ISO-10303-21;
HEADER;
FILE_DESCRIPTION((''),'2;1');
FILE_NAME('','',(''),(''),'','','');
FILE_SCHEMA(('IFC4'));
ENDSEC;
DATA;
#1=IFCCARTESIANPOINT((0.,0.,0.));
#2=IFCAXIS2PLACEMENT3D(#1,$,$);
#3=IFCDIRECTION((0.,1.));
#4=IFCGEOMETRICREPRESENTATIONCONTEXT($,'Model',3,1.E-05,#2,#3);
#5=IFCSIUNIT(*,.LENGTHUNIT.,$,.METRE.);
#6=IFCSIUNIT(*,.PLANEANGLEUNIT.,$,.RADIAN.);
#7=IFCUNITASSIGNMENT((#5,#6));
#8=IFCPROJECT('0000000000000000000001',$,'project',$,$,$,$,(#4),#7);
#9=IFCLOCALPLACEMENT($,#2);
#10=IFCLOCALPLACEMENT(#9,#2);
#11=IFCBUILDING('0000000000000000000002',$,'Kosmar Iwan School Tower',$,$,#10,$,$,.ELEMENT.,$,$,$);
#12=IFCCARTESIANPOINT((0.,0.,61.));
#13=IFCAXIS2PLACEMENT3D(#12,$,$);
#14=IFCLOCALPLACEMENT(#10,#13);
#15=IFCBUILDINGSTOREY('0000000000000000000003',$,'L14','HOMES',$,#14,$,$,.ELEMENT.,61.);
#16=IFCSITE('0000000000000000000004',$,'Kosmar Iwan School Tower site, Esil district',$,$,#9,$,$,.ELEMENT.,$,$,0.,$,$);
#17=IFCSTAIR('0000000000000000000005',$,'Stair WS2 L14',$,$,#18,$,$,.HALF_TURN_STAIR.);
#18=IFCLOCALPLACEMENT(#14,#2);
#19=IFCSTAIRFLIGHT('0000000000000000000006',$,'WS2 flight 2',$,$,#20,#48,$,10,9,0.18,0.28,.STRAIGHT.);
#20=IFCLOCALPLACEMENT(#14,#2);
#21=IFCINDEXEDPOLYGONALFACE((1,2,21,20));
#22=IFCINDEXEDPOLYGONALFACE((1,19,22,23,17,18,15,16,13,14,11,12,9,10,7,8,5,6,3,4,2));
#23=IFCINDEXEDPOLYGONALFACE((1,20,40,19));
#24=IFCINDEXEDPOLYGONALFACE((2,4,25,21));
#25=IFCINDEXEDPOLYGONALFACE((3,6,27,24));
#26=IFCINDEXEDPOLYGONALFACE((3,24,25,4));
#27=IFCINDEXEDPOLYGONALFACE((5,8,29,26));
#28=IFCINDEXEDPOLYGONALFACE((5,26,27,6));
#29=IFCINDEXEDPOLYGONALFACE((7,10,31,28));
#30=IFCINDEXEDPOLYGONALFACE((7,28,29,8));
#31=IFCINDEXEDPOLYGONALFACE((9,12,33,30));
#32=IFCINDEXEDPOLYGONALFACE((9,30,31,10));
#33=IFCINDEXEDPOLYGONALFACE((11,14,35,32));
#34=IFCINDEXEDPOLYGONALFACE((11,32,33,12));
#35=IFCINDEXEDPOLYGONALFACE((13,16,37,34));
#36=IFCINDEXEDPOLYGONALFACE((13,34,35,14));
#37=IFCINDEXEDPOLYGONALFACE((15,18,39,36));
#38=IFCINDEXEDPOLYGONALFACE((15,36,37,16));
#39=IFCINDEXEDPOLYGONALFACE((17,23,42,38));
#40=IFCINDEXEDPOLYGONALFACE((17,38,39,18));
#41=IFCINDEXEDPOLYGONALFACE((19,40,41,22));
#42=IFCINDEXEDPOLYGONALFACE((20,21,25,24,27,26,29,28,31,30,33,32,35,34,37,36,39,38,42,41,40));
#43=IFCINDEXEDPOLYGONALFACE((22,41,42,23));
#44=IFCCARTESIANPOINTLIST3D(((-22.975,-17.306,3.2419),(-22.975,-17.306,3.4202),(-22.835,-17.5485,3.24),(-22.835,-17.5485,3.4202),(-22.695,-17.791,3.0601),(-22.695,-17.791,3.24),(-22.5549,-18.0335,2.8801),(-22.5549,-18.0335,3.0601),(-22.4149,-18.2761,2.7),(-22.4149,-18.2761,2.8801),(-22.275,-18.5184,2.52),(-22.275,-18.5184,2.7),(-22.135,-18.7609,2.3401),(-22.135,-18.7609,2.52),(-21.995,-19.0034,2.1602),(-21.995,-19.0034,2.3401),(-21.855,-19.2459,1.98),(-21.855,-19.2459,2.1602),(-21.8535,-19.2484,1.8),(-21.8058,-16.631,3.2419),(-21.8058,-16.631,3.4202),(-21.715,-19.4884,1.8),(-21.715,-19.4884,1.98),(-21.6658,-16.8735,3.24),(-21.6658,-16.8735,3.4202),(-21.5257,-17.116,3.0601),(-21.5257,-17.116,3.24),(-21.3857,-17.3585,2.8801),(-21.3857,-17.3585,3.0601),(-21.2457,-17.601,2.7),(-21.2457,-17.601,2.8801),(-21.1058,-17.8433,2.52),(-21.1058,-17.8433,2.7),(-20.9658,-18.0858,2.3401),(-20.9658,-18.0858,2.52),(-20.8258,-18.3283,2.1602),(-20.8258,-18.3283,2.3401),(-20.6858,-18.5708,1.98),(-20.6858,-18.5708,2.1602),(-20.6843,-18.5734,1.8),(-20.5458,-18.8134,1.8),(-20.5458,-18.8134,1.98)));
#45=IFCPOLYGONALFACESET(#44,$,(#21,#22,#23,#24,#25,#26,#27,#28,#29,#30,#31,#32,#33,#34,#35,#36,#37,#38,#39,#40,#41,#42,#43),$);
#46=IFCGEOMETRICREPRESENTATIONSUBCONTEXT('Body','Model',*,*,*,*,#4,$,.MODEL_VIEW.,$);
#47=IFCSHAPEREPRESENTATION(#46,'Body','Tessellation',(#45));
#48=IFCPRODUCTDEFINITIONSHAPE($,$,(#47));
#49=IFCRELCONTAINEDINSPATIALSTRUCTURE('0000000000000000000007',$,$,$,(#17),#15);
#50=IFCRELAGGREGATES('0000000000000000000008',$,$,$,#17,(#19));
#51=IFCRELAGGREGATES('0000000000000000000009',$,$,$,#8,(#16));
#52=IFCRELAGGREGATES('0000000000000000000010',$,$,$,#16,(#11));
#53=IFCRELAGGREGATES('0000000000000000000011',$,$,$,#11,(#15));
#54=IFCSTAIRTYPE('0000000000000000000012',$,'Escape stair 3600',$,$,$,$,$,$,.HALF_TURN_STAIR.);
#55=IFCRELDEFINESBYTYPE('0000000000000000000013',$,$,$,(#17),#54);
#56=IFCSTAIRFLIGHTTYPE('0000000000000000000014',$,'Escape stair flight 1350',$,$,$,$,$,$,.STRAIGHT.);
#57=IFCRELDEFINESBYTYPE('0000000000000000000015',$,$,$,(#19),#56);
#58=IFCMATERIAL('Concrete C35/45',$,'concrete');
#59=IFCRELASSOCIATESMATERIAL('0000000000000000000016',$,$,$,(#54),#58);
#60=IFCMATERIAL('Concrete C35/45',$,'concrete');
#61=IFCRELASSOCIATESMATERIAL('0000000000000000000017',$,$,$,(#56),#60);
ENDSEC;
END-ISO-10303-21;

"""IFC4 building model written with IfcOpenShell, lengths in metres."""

from ifc_helpers import new_model, si_unit, direction, frame, origin, place, context, subcontext, project, spatial, polyline, outline, extrude, material, type_object, element, aggregate, save


model = new_model("IFC4")

# Units and contexts
model_context = context("Model", 3, precision=1e-05, world=origin(), true_north=direction((0.0, 1.0)))
body_context = subcontext(model_context, "Body", "Model", "MODEL_VIEW")
ifc_project = project(units=[si_unit("LENGTHUNIT", "METRE"), si_unit("PLANEANGLEUNIT", "RADIAN")], contexts=[model_context])

# Site, building, storey
site_placement = place(None, origin())
site = spatial("IfcSite", under=ifc_project, at=site_placement, Name="Kosmar Iwan School Tower site, Esil district", CompositionType="ELEMENT", RefElevation=0.0)
building_placement = place(site_placement, origin())
building = spatial("IfcBuilding", under=site, at=building_placement, Name="Kosmar Iwan School Tower", CompositionType="ELEMENT")
storey_placement = place(building_placement, frame((0.0, 0.0, 61.0)))
storey = spatial("IfcBuildingStorey", under=building, at=storey_placement, Name="L14", Description="HOMES", CompositionType="ELEMENT", Elevation=61.0)

# Stair, stair flight
ifc_material_1 = material(Name="Concrete C35/45", Category="concrete")
stair_type = type_object("IfcStairType", Name="Escape stair 3600", PredefinedType="HALF_TURN_STAIR", material=ifc_material_1)
stair_placement = place(storey_placement, origin())
stair = element("IfcStair", 1, at=stair_placement, inside=storey, type_object=stair_type, Name="Stair WS2 L14", PredefinedType="HALF_TURN_STAIR")
ifc_material_2 = material(Name="Concrete C35/45", Category="concrete")
stair_flight_type = type_object("IfcStairFlightType", Name="Escape stair flight 1350", PredefinedType="STRAIGHT", material=ifc_material_2)
stair_flight_1_placement = place(storey_placement, frame((-21.1304, -19.1509, 1.8), z_axis=(0.0, 0.0, 1.0), x_axis=(-0.5, 0.866025, 0.0)))
stair_flight_1 = element("IfcStairFlight", 2, at=stair_flight_1_placement, type_object=stair_flight_type, Name="WS2 flight 2", NumberOfRisers=10, NumberOfTreads=9, PredefinedType="STRAIGHT", RiserHeight=0.18, TreadLength=0.28, context=body_context, shape_type="SweptSolid", body=[
    extrude(outline(polyline([(0.0, 0.0), (0.0, 0.1799), (0.28, 0.1799), (0.28, 0.3601), (0.5601, 0.3601), (0.5601, 0.54), (0.8401, 0.54), (0.8401, 0.72), (1.1201, 0.72), (1.1201, 0.8999), (1.3999, 0.8999), (1.3999, 1.0801), (1.6799, 1.0801), (1.6799, 1.26), (1.96, 1.26), (1.96, 1.4399), (2.24, 1.4399), (2.24, 1.6201), (2.52, 1.6201), (2.52, 1.8), (2.52, 1.4419), (0.2771, 0.0), (0.0, 0.0)])), frame((0.0, 0.675, 0.0), z_axis=(0.0, -1.0, 0.0), x_axis=(1.0, 0.0, 0.0)), (0.0, 0.0, 1.0), 1.3501),
])
aggregate(stair, [stair_flight_1])

save(model, "model.ifc")
